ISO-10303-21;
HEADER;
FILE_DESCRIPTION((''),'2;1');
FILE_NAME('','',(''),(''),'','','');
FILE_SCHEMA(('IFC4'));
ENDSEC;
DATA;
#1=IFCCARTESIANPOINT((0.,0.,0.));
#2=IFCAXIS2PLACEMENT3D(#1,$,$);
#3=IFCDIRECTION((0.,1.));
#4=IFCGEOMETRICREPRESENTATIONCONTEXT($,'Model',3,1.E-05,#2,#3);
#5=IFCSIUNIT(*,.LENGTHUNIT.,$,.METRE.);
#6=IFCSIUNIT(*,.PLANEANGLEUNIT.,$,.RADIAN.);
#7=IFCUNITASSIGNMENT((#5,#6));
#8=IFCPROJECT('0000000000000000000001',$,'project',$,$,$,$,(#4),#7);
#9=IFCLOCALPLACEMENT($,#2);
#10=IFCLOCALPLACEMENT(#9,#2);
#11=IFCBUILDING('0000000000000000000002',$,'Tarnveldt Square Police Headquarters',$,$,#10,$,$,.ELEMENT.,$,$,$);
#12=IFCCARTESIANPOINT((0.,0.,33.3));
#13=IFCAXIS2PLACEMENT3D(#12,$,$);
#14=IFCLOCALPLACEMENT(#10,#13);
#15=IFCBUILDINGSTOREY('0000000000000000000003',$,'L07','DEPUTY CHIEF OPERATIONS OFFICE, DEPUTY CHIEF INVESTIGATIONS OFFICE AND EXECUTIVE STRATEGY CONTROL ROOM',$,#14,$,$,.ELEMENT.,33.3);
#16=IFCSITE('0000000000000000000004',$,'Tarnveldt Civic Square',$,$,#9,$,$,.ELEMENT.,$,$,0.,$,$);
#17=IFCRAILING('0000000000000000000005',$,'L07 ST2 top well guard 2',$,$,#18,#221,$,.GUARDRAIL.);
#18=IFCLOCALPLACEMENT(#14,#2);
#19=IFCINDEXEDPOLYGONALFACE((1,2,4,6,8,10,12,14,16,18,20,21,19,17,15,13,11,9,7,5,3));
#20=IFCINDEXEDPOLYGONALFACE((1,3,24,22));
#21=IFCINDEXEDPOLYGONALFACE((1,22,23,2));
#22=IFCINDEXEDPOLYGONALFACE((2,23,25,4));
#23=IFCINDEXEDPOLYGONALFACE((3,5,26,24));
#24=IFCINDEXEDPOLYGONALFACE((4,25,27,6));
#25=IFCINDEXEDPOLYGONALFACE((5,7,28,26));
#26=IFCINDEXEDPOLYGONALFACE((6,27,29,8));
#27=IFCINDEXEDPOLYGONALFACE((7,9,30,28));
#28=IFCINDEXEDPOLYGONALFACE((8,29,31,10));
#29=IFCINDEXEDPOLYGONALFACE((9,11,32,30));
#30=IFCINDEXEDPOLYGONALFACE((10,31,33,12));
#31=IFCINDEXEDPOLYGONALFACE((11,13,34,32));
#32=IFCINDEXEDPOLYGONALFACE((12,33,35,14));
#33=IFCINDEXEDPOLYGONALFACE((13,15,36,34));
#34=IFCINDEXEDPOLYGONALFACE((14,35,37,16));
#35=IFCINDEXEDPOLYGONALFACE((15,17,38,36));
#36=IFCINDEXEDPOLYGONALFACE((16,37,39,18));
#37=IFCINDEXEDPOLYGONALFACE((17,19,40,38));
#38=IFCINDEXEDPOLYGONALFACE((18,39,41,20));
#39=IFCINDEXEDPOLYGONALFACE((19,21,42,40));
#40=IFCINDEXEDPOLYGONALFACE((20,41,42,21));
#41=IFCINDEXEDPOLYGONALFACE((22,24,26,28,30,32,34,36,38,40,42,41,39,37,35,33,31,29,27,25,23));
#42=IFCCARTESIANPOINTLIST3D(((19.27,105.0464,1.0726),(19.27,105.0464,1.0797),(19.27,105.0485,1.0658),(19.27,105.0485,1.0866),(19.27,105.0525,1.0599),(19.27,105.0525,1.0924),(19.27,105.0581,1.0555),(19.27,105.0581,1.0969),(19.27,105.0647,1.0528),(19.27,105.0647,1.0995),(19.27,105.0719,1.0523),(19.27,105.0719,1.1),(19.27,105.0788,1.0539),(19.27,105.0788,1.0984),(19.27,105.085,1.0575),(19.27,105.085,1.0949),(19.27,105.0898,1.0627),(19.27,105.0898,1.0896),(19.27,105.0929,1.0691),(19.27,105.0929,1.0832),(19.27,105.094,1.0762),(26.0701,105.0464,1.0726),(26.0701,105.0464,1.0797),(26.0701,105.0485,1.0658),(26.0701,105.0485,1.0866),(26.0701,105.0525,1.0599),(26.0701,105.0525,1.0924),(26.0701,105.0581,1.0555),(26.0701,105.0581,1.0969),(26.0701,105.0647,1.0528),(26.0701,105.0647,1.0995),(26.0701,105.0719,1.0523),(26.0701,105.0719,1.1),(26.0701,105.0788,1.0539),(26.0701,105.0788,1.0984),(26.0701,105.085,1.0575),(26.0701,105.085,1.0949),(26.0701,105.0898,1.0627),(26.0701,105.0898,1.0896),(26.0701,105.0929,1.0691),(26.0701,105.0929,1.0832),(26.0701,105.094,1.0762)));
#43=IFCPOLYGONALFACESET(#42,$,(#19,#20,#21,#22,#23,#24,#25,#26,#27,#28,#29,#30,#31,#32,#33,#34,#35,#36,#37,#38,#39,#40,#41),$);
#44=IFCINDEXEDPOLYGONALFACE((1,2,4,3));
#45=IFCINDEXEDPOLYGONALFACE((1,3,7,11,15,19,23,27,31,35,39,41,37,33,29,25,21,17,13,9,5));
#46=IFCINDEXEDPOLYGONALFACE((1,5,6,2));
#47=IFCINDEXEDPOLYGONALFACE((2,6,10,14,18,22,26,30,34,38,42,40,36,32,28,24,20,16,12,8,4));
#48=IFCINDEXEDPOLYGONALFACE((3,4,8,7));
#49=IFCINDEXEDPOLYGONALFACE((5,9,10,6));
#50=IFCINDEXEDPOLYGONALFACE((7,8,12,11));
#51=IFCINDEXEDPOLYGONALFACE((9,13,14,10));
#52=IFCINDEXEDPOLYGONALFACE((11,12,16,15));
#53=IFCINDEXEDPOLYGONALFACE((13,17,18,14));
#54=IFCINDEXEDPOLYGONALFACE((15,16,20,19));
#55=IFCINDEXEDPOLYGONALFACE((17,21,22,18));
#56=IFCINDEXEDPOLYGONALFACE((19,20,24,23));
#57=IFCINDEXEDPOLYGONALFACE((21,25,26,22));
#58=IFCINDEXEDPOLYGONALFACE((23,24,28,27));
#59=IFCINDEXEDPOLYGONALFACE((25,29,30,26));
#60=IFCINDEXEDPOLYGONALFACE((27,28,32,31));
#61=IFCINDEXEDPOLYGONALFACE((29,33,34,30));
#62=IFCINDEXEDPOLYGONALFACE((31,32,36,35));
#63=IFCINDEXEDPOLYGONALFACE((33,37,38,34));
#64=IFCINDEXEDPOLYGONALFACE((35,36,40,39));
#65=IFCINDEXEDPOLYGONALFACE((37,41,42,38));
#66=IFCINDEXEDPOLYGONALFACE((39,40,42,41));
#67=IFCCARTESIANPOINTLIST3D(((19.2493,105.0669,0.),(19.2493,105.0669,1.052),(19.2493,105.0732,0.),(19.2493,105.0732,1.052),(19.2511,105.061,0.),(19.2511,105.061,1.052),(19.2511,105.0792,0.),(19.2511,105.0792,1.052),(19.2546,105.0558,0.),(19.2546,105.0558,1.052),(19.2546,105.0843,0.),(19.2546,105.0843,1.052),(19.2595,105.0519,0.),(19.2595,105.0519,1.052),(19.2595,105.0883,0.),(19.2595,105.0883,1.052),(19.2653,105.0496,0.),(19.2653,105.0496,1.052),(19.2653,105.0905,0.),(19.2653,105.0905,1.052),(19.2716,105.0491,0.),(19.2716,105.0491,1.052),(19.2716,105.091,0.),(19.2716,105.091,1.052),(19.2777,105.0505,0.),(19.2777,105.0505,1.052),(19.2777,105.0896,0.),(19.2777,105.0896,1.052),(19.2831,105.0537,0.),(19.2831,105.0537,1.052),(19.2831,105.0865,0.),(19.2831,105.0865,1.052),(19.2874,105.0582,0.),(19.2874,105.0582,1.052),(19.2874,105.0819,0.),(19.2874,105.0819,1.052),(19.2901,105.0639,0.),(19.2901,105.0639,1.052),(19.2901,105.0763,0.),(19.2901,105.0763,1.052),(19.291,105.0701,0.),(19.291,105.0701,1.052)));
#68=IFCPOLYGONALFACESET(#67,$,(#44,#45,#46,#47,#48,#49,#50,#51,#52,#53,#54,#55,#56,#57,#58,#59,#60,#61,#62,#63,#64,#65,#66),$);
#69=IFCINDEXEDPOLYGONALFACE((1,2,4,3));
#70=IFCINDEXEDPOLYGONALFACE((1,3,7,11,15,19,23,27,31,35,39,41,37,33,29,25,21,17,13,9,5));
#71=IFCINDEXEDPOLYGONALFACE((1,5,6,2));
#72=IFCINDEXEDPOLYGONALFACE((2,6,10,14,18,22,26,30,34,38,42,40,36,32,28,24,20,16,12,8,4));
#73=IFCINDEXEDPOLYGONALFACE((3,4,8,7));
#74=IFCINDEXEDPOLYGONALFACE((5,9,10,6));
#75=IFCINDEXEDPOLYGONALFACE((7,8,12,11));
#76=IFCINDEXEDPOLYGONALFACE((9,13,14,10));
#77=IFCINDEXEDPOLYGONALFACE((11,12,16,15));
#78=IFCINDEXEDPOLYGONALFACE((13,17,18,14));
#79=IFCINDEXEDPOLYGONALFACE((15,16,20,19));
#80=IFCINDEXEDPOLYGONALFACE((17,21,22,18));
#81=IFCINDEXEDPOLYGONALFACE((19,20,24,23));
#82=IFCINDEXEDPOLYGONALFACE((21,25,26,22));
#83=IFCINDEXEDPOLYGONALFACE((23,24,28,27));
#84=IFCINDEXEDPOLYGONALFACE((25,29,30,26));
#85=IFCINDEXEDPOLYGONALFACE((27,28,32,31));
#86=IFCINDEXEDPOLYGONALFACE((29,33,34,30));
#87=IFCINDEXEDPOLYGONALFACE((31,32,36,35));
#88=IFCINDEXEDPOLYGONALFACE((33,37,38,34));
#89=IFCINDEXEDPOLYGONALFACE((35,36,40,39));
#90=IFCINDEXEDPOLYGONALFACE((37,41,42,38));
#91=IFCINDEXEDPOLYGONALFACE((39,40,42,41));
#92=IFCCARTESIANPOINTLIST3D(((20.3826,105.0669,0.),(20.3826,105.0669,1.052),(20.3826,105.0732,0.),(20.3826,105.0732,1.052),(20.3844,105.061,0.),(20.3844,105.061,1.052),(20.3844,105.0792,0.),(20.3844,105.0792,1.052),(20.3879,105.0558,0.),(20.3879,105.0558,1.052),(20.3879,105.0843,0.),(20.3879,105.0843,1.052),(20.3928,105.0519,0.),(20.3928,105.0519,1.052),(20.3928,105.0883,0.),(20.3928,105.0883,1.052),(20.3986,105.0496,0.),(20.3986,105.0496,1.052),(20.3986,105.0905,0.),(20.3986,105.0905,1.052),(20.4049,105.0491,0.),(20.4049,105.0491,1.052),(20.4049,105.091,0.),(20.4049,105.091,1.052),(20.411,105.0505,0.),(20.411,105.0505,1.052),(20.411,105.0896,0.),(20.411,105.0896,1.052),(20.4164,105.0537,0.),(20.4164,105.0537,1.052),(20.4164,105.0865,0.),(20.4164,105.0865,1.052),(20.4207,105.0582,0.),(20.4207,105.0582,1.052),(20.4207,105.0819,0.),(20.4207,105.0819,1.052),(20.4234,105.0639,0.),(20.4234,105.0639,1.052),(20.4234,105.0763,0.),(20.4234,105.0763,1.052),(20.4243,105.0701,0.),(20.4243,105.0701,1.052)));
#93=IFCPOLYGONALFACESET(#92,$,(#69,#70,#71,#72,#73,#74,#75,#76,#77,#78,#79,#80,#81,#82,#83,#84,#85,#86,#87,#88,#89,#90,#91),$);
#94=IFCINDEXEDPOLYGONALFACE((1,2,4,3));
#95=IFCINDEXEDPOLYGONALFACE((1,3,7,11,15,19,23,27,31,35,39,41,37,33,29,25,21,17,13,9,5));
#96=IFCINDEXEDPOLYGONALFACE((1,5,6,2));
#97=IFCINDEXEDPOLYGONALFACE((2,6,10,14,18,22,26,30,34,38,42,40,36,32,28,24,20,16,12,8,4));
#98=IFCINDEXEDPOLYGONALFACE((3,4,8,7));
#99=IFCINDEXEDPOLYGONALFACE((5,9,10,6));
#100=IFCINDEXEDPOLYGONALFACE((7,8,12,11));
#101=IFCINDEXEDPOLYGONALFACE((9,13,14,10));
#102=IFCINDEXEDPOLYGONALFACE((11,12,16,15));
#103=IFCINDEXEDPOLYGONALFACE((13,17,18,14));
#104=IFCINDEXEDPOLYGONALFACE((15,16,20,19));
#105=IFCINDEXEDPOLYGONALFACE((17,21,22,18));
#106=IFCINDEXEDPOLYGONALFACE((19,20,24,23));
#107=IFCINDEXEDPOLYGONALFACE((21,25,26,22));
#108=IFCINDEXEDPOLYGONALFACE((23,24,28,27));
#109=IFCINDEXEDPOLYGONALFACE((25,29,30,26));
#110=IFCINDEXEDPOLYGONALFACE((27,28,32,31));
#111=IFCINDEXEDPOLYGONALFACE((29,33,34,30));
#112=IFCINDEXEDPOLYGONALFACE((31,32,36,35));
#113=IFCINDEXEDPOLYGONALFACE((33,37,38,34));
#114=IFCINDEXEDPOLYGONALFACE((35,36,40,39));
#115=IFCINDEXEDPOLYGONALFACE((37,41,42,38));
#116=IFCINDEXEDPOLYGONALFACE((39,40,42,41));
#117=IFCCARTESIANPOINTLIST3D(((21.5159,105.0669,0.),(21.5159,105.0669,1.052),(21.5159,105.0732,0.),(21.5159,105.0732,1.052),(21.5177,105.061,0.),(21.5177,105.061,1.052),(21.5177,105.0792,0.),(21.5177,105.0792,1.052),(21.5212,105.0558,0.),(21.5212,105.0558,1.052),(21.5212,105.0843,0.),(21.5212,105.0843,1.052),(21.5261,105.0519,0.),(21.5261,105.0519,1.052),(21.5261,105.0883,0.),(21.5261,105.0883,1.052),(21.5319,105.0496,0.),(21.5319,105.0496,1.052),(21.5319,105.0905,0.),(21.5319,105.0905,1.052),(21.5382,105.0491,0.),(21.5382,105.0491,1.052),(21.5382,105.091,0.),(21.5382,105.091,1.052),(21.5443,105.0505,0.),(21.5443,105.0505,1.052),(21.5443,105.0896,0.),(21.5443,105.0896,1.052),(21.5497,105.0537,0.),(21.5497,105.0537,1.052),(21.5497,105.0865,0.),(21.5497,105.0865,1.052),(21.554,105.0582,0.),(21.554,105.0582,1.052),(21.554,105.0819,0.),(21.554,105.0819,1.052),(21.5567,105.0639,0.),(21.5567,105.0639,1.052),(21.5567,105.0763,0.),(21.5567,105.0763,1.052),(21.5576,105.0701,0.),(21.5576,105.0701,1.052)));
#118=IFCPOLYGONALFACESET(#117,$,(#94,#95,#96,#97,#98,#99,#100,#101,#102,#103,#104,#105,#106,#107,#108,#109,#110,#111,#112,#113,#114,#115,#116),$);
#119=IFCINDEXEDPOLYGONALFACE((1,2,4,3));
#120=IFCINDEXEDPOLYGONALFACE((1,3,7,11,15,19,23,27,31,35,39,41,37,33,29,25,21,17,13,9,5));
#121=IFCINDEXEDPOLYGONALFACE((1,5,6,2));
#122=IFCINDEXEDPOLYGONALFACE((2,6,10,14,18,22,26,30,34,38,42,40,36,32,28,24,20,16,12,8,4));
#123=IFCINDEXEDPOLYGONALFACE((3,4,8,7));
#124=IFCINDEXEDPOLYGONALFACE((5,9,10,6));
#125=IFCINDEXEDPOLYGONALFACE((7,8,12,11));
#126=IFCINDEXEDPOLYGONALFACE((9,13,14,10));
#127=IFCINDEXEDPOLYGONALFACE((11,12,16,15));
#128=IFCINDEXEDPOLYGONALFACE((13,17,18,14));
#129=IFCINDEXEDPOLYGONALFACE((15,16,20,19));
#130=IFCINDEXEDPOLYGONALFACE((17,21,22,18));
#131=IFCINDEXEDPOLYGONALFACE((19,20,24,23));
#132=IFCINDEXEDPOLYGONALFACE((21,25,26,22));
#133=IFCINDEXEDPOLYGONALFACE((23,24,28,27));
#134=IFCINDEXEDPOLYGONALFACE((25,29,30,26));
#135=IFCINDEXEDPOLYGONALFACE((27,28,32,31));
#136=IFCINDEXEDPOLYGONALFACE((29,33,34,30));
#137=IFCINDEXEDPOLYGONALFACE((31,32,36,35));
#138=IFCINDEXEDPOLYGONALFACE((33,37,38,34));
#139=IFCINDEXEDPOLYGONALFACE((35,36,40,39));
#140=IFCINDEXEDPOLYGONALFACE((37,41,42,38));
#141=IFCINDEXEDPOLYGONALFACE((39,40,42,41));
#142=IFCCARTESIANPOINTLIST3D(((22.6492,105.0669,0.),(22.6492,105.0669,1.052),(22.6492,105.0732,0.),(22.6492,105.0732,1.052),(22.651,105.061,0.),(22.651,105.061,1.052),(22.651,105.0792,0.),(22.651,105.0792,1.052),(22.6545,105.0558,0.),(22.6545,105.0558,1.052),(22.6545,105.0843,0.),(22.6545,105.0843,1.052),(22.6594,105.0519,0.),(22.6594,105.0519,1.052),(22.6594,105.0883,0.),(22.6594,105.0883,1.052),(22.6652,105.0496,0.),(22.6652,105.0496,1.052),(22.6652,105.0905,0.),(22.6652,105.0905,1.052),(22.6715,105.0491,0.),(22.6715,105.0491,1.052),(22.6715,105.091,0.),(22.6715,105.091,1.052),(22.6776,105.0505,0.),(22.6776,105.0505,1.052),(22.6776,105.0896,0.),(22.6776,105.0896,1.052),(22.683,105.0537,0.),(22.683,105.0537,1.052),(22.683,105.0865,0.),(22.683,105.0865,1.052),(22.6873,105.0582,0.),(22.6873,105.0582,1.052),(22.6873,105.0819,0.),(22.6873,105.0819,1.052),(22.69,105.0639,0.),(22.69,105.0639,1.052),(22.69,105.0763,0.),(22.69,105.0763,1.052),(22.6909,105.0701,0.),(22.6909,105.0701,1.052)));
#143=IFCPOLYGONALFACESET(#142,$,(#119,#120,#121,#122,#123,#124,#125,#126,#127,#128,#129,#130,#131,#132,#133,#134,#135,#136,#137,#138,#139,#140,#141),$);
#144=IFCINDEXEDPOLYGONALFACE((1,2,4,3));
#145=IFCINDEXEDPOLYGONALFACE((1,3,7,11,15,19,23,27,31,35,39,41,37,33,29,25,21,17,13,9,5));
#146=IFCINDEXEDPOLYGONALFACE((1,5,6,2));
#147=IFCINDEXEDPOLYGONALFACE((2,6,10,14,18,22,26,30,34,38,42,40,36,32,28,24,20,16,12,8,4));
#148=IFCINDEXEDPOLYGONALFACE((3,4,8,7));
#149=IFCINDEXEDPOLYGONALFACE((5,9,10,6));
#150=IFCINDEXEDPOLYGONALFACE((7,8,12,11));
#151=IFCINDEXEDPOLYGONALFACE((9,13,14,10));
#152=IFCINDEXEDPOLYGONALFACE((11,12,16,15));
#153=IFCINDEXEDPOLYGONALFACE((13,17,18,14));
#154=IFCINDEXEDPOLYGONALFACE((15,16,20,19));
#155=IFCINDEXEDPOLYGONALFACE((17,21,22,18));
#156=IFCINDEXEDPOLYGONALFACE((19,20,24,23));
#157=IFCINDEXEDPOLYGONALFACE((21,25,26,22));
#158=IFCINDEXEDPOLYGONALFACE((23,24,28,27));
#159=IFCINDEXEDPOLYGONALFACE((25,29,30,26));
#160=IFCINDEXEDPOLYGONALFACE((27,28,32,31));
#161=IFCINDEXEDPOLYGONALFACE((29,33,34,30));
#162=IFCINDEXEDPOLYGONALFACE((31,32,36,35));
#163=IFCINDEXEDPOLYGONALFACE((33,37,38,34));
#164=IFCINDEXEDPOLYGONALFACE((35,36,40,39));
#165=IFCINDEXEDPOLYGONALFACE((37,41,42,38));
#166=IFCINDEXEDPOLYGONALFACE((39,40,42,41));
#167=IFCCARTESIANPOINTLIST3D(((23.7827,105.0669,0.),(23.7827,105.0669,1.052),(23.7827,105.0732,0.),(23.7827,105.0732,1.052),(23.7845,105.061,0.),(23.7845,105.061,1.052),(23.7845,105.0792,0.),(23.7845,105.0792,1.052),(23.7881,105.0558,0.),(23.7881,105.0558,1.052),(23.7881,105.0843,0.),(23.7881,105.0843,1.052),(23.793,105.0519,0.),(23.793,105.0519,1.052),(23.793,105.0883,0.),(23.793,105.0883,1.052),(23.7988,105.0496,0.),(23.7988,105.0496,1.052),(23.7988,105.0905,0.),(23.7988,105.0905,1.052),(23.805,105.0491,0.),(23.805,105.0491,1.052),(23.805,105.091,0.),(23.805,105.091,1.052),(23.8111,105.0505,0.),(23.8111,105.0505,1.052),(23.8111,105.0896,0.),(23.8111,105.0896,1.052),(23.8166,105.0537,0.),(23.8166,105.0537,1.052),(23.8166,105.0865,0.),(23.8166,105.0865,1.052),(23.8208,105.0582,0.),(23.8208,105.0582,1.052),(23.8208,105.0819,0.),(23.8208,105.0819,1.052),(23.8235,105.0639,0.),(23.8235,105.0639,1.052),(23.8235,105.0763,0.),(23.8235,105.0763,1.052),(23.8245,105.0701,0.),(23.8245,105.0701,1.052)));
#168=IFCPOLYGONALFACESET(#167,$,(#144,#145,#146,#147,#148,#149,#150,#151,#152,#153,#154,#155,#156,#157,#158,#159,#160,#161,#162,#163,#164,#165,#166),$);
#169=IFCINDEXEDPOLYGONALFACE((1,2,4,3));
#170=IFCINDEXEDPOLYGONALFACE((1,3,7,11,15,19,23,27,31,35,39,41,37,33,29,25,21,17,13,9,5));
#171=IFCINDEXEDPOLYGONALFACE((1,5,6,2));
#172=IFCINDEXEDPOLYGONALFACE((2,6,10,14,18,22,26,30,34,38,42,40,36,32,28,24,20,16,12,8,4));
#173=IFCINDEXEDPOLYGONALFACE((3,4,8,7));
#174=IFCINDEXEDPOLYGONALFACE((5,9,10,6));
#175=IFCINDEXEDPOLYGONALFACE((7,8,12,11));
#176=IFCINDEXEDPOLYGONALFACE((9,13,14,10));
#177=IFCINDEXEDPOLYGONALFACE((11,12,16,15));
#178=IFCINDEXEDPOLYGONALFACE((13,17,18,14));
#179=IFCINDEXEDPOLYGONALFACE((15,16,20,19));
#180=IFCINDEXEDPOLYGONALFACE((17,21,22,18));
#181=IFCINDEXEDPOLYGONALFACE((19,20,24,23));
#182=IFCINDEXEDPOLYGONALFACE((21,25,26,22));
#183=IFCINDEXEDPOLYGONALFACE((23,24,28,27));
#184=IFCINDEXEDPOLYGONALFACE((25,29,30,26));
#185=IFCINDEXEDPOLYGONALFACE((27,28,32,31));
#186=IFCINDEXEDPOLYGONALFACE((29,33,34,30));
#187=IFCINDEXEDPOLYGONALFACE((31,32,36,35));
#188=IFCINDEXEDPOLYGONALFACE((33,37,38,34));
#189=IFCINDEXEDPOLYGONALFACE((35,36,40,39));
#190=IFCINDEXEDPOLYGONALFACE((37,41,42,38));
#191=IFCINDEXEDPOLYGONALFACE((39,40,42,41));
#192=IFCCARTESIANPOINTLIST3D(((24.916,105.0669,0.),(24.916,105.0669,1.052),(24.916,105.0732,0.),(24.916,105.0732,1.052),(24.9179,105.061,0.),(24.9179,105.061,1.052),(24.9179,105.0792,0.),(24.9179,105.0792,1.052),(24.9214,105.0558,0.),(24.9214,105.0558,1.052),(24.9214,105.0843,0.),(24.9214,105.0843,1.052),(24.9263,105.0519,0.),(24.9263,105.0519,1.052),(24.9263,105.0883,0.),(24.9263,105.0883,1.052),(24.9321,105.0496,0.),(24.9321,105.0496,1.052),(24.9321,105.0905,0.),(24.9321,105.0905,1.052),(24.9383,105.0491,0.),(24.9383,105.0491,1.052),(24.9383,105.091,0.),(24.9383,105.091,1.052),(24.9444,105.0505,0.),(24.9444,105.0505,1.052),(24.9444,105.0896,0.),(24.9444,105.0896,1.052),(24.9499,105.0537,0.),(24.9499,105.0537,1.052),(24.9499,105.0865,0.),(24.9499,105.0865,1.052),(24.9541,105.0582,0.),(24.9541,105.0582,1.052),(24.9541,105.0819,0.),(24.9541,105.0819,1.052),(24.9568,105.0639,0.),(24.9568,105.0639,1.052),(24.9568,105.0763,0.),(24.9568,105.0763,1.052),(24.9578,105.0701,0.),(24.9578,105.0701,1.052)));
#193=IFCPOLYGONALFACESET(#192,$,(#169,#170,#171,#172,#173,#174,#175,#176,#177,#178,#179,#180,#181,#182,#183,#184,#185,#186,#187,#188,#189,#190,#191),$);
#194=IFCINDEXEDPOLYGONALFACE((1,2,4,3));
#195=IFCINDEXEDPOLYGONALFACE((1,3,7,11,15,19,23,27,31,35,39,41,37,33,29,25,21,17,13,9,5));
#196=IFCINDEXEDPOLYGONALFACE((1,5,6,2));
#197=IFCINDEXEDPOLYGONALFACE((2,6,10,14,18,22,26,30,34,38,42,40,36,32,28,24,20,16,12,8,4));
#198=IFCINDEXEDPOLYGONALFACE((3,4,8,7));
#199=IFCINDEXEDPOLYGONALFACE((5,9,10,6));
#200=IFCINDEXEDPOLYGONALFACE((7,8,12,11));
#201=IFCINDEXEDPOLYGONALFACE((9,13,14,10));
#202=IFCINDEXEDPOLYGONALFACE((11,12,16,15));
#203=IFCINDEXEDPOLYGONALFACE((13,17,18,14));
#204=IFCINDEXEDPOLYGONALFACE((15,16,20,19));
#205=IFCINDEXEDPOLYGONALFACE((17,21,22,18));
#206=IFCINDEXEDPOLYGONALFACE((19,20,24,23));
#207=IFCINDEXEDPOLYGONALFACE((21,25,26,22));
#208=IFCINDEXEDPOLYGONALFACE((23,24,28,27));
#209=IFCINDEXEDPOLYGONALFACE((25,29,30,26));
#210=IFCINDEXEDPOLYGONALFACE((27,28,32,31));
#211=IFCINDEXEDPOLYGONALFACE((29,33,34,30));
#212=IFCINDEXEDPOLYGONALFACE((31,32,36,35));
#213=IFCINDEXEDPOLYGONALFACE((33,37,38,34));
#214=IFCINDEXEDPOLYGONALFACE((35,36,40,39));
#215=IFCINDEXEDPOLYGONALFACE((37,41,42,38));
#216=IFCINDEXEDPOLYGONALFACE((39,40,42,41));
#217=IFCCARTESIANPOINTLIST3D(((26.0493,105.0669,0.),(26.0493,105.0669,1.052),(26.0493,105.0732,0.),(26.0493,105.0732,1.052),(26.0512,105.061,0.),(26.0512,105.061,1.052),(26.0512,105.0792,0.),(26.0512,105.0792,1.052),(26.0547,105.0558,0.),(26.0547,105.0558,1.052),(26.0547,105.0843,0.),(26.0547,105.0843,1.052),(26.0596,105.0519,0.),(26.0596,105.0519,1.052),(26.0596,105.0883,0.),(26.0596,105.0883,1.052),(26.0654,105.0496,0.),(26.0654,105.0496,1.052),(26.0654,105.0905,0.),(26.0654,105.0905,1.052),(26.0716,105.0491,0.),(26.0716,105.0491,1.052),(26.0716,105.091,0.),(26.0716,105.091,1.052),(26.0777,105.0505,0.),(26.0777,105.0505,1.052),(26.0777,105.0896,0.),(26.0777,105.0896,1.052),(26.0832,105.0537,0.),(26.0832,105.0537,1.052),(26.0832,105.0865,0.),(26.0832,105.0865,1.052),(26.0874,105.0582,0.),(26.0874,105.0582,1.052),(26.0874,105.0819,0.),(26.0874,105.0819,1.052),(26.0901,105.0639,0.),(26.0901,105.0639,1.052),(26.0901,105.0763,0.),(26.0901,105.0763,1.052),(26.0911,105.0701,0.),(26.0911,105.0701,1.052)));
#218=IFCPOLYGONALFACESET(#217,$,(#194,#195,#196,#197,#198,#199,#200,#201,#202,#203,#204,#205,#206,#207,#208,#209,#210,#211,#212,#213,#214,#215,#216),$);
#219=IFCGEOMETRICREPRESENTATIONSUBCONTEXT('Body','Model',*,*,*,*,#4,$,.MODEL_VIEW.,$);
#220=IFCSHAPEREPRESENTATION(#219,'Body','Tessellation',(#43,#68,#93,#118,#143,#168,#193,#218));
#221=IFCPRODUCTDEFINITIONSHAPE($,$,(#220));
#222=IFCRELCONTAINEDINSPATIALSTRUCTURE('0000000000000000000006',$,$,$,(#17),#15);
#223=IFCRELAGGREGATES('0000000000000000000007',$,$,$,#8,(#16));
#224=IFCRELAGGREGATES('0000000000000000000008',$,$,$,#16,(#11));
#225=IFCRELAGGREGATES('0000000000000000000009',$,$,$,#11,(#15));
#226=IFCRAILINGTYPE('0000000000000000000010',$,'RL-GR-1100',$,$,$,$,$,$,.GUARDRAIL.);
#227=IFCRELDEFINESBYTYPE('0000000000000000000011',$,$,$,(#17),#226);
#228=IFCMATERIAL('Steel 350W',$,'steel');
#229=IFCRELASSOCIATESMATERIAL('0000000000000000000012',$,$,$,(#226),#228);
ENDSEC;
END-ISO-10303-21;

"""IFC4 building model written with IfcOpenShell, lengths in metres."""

from ifc_helpers import new_model, si_unit, direction, frame, origin, origin_2d, place, context, subcontext, project, spatial, circle, extrude, material, type_object, element, save


model = new_model("IFC4")

# Units and contexts
model_context = context("Model", 3, precision=1e-05, world=origin(), true_north=direction((0.0, 1.0)))
body_context = subcontext(model_context, "Body", "Model", "MODEL_VIEW")
ifc_project = project(units=[si_unit("LENGTHUNIT", "METRE"), si_unit("PLANEANGLEUNIT", "RADIAN")], contexts=[model_context])

# Site, building, storey
site_placement = place(None, origin())
site = spatial("IfcSite", under=ifc_project, at=site_placement, Name="Tarnveldt Civic Square", CompositionType="ELEMENT", RefElevation=0.0)
building_placement = place(site_placement, origin())
building = spatial("IfcBuilding", under=site, at=building_placement, Name="Tarnveldt Square Police Headquarters", CompositionType="ELEMENT")
storey_placement = place(building_placement, frame((0.0, 0.0, 33.3)))
storey = spatial("IfcBuildingStorey", under=building, at=storey_placement, Name="L07", Description="DEPUTY CHIEF OPERATIONS OFFICE, DEPUTY CHIEF INVESTIGATIONS OFFICE AND EXECUTIVE STRATEGY CONTROL ROOM", CompositionType="ELEMENT", Elevation=33.3)

# Shared definitions
ifc_material_1 = material(Name="Steel 350W", Category="steel")

# Railing
railing_type = type_object("IfcRailingType", Name="RL-GR-1100", PredefinedType="GUARDRAIL", material=ifc_material_1)
railing_1_placement = place(storey_placement, frame((19.27, 105.0701, 0.0)))
element("IfcRailing", 1, at=railing_1_placement, inside=storey, type_object=railing_type, Name="L07 ST2 top well guard 2", PredefinedType="GUARDRAIL", context=body_context, shape_type="SweptSolid", body=[
    extrude(circle(Radius=0.0239, at=origin_2d()), frame((0.0, 0.0, 1.0762), z_axis=(1.0, 0.0, 0.0), x_axis=(0.0, 1.0, 0.0)), (0.0, 0.0, 1.0), 6.8),
    extrude(circle(Radius=0.021, at=origin_2d()), origin(), (0.0, 0.0, 1.0), 1.052),
    extrude(circle(Radius=0.021, at=origin_2d()), frame((1.1333, 0.0, 0.0)), (0.0, 0.0, 1.0), 1.052),
    extrude(circle(Radius=0.021, at=origin_2d()), frame((2.2666, 0.0, 0.0)), (0.0, 0.0, 1.0), 1.052),
    extrude(circle(Radius=0.021, at=origin_2d()), frame((3.3999, 0.0, 0.0)), (0.0, 0.0, 1.0), 1.052),
    extrude(circle(Radius=0.021, at=origin_2d()), frame((4.5334, 0.0, 0.0)), (0.0, 0.0, 1.0), 1.052),
    extrude(circle(Radius=0.021, at=origin_2d()), frame((5.6667, 0.0, 0.0)), (0.0, 0.0, 1.0), 1.052),
    extrude(circle(Radius=0.021, at=origin_2d()), frame((6.8, 0.0, 0.0)), (0.0, 0.0, 1.0), 1.052),
])

save(model, "model.ifc")
